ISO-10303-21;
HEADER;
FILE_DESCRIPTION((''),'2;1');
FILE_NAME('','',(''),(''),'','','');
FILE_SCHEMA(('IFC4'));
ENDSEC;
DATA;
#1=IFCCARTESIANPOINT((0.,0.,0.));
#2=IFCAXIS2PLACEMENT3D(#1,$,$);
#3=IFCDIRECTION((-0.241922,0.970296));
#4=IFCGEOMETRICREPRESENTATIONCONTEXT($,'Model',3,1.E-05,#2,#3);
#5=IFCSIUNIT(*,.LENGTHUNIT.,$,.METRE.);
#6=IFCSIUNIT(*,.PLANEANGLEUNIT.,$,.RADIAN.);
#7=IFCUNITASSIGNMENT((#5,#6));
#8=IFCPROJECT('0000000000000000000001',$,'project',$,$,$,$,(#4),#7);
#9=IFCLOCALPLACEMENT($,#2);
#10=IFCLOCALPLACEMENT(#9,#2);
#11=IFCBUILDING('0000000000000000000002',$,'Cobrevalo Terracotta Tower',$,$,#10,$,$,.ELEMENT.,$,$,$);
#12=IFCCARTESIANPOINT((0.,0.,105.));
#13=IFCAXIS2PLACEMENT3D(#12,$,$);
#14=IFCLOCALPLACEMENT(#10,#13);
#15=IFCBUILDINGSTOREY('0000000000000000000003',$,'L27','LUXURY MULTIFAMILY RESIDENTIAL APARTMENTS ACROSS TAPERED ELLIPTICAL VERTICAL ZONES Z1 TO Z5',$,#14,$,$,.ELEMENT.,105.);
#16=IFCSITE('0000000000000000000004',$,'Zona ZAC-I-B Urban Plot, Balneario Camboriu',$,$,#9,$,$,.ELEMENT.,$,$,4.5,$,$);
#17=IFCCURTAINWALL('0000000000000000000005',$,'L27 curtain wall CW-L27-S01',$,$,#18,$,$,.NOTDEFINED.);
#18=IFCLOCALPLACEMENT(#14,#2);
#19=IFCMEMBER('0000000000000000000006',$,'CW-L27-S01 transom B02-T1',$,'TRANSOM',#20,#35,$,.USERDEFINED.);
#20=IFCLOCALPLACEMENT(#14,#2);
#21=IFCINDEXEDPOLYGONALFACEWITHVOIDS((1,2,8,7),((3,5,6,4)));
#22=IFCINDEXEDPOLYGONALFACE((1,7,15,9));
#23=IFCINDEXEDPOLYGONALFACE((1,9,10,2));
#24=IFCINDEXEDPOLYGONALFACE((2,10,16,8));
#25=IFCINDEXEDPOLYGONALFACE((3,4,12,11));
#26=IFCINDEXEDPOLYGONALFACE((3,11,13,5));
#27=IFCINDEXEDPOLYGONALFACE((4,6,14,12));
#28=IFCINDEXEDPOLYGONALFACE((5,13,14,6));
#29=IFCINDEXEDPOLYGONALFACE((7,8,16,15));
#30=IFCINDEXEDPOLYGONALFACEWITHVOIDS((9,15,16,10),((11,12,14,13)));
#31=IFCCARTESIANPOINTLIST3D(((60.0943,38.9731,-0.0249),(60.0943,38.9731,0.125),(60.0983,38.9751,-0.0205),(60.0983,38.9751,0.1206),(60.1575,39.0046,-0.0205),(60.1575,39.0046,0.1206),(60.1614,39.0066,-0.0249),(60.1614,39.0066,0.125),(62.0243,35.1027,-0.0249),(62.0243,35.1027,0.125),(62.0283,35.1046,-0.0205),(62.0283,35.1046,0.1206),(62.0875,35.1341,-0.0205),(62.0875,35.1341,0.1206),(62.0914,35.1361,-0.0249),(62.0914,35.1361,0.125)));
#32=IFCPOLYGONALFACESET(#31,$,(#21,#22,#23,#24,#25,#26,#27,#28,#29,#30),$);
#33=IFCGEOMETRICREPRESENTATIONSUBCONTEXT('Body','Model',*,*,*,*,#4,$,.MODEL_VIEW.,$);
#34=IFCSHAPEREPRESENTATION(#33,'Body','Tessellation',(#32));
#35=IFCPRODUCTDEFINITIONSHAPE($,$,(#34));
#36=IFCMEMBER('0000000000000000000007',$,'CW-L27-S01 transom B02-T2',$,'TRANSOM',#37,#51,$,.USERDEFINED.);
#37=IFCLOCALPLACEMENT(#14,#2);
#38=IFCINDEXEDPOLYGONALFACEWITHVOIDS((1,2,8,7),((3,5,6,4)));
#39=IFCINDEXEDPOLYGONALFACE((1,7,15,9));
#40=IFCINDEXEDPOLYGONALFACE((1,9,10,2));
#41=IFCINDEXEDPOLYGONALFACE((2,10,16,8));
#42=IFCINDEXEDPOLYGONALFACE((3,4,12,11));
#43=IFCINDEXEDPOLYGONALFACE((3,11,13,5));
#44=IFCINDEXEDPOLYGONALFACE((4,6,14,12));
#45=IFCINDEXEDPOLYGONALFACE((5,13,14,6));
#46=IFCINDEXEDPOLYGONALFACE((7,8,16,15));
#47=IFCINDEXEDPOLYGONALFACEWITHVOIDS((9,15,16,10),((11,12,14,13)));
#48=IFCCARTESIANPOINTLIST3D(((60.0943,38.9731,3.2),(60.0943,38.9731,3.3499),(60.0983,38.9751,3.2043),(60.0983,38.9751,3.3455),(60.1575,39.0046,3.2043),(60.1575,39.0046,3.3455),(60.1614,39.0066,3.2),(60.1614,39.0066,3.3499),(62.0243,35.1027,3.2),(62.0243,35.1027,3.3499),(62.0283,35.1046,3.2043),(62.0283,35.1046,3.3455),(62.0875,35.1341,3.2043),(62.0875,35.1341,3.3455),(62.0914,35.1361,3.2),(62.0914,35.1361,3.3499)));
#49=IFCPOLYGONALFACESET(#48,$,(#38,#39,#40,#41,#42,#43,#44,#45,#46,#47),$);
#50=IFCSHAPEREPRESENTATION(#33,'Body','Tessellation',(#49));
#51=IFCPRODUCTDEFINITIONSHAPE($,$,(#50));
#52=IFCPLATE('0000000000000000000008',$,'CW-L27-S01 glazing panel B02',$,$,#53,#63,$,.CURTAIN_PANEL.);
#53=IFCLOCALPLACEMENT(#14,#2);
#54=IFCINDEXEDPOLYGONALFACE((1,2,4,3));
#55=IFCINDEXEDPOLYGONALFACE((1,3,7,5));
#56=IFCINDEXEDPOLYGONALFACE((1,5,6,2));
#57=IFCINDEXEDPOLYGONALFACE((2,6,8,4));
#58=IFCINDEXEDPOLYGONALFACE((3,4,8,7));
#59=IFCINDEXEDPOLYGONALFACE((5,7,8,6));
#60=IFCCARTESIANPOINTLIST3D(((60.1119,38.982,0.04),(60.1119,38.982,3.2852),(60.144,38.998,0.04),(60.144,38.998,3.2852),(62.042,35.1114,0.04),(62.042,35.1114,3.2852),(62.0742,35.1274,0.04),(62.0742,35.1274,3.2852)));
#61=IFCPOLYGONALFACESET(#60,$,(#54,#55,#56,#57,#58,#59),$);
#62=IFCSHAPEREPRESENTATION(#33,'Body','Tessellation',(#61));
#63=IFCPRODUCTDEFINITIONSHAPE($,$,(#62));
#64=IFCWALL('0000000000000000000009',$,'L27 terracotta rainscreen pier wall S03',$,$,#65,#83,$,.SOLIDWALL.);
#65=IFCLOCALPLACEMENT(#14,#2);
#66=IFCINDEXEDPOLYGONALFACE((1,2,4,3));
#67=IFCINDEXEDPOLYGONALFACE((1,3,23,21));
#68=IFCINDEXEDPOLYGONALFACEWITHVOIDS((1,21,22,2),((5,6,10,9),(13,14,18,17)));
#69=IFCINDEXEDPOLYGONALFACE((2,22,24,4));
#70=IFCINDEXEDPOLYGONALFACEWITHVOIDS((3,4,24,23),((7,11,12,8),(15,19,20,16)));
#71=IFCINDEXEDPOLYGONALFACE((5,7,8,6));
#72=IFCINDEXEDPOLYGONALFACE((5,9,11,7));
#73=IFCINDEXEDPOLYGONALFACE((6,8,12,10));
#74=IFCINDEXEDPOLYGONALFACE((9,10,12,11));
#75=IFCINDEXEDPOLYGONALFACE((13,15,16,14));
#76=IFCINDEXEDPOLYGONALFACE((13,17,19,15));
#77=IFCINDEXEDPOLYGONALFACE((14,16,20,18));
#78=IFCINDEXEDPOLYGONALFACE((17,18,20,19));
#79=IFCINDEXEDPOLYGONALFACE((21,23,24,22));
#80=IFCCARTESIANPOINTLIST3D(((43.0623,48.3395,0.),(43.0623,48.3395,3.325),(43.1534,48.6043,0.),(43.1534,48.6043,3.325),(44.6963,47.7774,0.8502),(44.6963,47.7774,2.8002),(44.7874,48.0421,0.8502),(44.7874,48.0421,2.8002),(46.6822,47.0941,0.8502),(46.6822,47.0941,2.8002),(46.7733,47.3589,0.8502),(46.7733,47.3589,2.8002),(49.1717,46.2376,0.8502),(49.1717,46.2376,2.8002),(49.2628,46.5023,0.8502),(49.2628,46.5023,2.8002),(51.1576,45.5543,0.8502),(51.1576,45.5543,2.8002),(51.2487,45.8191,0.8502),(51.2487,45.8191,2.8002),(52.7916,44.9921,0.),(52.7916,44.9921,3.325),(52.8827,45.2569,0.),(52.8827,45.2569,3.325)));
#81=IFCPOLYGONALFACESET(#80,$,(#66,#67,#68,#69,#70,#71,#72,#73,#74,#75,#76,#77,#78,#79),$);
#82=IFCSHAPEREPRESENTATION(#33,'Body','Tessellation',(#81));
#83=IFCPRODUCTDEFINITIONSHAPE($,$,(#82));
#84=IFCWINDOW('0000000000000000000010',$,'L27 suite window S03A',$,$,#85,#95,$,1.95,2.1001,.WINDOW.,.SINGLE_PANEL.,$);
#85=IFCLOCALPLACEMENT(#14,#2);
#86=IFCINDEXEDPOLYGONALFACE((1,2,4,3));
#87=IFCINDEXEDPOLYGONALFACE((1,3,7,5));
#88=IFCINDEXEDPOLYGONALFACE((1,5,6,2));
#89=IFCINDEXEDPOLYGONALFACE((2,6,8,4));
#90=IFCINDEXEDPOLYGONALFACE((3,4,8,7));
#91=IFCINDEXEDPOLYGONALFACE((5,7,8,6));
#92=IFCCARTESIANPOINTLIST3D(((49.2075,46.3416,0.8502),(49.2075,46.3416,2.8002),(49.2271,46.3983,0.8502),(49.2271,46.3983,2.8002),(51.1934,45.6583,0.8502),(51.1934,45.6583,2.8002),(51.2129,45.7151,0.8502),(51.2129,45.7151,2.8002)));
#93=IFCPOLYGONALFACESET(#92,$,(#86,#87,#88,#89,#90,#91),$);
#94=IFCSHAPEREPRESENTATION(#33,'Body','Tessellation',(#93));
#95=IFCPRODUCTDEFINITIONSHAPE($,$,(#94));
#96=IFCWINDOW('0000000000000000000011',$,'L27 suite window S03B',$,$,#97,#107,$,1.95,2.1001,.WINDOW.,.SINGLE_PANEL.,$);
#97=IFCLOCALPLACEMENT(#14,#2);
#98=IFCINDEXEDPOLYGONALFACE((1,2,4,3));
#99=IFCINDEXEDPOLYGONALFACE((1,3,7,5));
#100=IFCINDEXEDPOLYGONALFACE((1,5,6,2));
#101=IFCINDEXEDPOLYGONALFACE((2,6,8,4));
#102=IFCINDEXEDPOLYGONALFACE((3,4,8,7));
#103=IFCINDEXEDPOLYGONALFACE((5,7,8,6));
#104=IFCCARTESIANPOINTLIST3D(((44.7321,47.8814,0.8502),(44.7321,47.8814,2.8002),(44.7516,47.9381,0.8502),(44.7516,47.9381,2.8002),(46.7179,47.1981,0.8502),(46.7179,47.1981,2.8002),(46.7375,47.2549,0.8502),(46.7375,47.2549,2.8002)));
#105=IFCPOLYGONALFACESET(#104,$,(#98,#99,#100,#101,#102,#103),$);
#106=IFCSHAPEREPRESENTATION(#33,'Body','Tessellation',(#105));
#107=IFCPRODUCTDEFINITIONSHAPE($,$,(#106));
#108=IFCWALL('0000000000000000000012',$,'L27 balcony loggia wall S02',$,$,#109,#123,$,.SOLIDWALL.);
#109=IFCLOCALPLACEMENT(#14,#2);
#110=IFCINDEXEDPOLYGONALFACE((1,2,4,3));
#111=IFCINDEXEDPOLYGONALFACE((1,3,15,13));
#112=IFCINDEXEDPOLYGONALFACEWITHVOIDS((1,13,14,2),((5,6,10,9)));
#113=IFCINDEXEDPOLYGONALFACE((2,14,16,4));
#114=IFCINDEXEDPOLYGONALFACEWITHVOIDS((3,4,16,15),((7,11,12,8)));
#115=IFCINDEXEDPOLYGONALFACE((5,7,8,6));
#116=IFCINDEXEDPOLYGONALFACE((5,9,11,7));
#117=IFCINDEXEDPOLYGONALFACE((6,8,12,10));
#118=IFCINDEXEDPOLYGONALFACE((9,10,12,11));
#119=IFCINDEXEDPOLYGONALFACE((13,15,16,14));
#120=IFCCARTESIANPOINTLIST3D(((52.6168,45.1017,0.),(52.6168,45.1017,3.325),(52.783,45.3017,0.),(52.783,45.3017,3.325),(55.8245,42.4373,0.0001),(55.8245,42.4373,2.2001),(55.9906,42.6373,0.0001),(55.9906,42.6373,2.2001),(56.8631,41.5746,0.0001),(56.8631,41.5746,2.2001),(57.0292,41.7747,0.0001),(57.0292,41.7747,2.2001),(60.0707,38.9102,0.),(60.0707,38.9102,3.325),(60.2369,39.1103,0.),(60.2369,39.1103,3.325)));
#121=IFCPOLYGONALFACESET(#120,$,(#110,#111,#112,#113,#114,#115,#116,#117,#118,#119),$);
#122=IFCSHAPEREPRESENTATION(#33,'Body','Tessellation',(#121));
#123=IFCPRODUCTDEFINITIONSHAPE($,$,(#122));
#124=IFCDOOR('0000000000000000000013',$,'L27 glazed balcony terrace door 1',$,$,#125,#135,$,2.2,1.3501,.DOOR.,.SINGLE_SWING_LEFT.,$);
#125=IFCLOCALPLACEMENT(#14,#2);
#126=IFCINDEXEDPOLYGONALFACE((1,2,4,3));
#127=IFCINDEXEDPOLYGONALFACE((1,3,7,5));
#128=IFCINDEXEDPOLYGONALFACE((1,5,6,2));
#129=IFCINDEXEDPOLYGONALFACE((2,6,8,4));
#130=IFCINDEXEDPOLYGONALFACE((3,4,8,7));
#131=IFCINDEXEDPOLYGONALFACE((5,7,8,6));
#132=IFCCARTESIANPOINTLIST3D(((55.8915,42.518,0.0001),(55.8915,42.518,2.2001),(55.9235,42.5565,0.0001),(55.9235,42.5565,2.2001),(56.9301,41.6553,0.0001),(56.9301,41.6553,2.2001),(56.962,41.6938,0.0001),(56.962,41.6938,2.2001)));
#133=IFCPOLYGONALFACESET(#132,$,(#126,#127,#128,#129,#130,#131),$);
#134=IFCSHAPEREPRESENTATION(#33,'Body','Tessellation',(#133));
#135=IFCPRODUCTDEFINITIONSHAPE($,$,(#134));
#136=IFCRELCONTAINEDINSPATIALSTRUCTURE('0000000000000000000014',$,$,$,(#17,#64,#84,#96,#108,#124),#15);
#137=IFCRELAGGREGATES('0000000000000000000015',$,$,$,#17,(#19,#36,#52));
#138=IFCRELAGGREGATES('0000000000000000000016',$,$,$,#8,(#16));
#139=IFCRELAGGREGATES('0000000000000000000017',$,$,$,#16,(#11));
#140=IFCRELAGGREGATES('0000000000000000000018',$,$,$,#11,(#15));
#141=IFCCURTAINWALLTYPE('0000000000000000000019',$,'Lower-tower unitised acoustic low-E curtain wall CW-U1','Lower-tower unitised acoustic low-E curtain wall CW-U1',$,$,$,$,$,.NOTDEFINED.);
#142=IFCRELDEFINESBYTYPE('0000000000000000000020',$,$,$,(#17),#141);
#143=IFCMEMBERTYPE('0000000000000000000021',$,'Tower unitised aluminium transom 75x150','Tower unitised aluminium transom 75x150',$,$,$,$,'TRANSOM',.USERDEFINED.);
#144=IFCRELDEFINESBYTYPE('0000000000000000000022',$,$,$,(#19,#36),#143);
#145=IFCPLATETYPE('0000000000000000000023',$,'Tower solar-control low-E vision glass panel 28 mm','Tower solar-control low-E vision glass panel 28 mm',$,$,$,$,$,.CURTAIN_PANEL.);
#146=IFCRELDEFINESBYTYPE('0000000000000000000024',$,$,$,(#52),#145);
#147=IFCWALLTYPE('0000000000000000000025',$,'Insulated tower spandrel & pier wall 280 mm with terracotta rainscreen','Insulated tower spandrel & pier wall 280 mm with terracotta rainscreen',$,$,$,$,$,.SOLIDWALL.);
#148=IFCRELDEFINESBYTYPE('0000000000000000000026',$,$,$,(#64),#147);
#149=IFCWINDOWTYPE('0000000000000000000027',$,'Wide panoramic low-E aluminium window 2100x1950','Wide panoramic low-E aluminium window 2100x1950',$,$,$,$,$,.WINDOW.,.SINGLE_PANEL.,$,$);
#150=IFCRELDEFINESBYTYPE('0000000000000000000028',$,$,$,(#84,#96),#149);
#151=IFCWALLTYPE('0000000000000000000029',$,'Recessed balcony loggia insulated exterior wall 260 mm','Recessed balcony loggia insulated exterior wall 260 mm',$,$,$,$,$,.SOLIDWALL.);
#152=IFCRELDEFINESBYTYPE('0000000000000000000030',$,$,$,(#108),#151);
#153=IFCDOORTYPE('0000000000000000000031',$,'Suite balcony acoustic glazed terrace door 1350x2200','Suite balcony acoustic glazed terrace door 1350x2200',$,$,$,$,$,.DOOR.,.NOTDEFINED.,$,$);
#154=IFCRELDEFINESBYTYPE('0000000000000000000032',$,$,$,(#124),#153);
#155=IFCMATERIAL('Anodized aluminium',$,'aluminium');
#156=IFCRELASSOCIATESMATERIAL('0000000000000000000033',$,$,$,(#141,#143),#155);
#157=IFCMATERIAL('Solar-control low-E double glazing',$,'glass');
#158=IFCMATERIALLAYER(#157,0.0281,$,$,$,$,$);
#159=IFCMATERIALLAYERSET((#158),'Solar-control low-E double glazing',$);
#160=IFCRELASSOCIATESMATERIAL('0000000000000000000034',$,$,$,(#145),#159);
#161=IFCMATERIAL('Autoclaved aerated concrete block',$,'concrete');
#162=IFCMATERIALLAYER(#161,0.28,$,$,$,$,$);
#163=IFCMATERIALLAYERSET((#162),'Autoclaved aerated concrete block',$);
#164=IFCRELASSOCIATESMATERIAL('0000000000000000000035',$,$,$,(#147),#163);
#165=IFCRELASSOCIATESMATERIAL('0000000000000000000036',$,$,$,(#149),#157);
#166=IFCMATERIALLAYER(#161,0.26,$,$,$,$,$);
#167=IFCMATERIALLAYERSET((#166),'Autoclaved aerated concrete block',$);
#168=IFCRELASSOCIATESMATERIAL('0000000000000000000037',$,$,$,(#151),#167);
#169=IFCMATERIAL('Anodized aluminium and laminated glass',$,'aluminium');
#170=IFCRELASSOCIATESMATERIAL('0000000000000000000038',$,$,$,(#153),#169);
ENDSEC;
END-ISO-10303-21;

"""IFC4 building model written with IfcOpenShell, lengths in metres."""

from ifc_helpers import new_model, si_unit, direction, frame, frame_2d, origin, origin_2d, place, context, subcontext, project, spatial, rectangle, hollow_rectangle, extrude, source, transform, mapped, material, layer, layer_set, material_profile, profile_set, type_object, element, fill, aggregate, save


model = new_model("IFC4")

# Units and contexts
model_context = context("Model", 3, precision=1e-05, world=origin(), true_north=direction((-0.241922, 0.970296)))
body_context = subcontext(model_context, "Body", "Model", "MODEL_VIEW")
ifc_project = project(units=[si_unit("LENGTHUNIT", "METRE"), si_unit("PLANEANGLEUNIT", "RADIAN")], contexts=[model_context])

# Site, building, storey
site_placement = place(None, origin())
site = spatial("IfcSite", under=ifc_project, at=site_placement, Name="Zona ZAC-I-B Urban Plot, Balneario Camboriu", CompositionType="ELEMENT", RefElevation=4.5)
building_placement = place(site_placement, origin())
building = spatial("IfcBuilding", under=site, at=building_placement, Name="Cobrevalo Terracotta Tower", CompositionType="ELEMENT")
storey_placement = place(building_placement, frame((0.0, 0.0, 105.0)))
storey = spatial("IfcBuildingStorey", under=building, at=storey_placement, Name="L27", Description="LUXURY MULTIFAMILY RESIDENTIAL APARTMENTS ACROSS TAPERED ELLIPTICAL VERTICAL ZONES Z1 TO Z5", CompositionType="ELEMENT", Elevation=105.0)

# Curtain wall, members, plate
ifc_material_1 = material(Name="Anodized aluminium", Category="aluminium")
curtain_wall_type = type_object("IfcCurtainWallType", Name="Lower-tower unitised acoustic low-E curtain wall CW-U1", Description="Lower-tower unitised acoustic low-E curtain wall CW-U1", PredefinedType="NOTDEFINED", material=ifc_material_1)
curtain_wall_placement = place(storey_placement, origin())
curtain_wall = element("IfcCurtainWall", 1, at=curtain_wall_placement, inside=storey, type_object=curtain_wall_type, Name="L27 curtain wall CW-L27-S01", PredefinedType="NOTDEFINED")
ifc_material_profile_1 = material_profile(ifc_material_1, hollow_rectangle(XDim=0.075, YDim=0.1499, WallThickness=0.0044, at=origin_2d()), Name="CWT 75x150")
ifc_profile_set_1 = profile_set([ifc_material_profile_1], Name="Anodized aluminium")
member_type_1 = type_object("IfcMemberType", Name="Tower unitised aluminium transom 75x150", Description="Tower unitised aluminium transom 75x150", ElementType="TRANSOM", PredefinedType="USERDEFINED", material=ifc_profile_set_1)
shared_shape_1 = source(origin(), body_context, "Body", "SweptSolid", [
    extrude(hollow_rectangle(XDim=0.075, YDim=0.1499, WallThickness=0.0044, at=origin_2d()), origin(), (0.0, 0.0, 1.0), 4.325),
])
member_1_placement = place(storey_placement, frame((62.0579, 35.1194, 0.05), z_axis=(-0.446242, 0.894912, 0.0), x_axis=(-0.894912, -0.446242, 0.0)))
member_1 = element("IfcMember", 2, at=member_1_placement, type_object=member_type_1, Name="CW-L27-S01 transom B02-T1", ObjectType="TRANSOM", PredefinedType="USERDEFINED", context=body_context, shape_type="MappedRepresentation", body=[
    mapped(shared_shape_1, transform((0.0, 0.0, 0.0), scale=1.0)),
])
member_2_placement = place(storey_placement, frame((62.0579, 35.1194, 3.2749), z_axis=(-0.446242, 0.894912, 0.0), x_axis=(-0.894912, -0.446242, 0.0)))
member_2 = element("IfcMember", 3, at=member_2_placement, type_object=member_type_1, Name="CW-L27-S01 transom B02-T2", ObjectType="TRANSOM", PredefinedType="USERDEFINED", context=body_context, shape_type="MappedRepresentation", body=[
    mapped(shared_shape_1, transform((0.0, 0.0, 0.0), scale=1.0)),
])
ifc_material_2 = material(Name="Solar-control low-E double glazing", Category="glass")
ifc_layer_1 = layer(ifc_material_2, 0.0281)
ifc_layer_set_1 = layer_set([ifc_layer_1], Name="Solar-control low-E double glazing")
plate_type = type_object("IfcPlateType", Name="Tower solar-control low-E vision glass panel 28 mm", Description="Tower solar-control low-E vision glass panel 28 mm", PredefinedType="CURTAIN_PANEL", material=ifc_layer_set_1)
shared_shape_2 = source(origin(), body_context, "Body", "SweptSolid", [
    extrude(rectangle(XDim=4.3252, YDim=0.0359, at=origin_2d()), origin(), (0.0, 0.0, 1.0), 3.2451),
])
plate_placement = place(storey_placement, frame((61.093, 37.0547, 0.04), z_axis=(0.0, 0.0, 1.0), x_axis=(-0.446262, 0.894902, 0.0)))
plate = element("IfcPlate", 4, at=plate_placement, type_object=plate_type, Name="CW-L27-S01 glazing panel B02", PredefinedType="CURTAIN_PANEL", context=body_context, shape_type="MappedRepresentation", body=[
    mapped(shared_shape_2, transform((0.0, 0.0, 0.0), scale=1.0)),
])
aggregate(curtain_wall, [member_1, member_2, plate])

# Wall, openings, windows
ifc_material_3 = material(Name="Autoclaved aerated concrete block", Category="concrete")
ifc_layer_2 = layer(ifc_material_3, 0.28)
ifc_layer_set_2 = layer_set([ifc_layer_2], Name="Autoclaved aerated concrete block")
wall_type_1 = type_object("IfcWallType", Name="Insulated tower spandrel & pier wall 280 mm with terracotta rainscreen", Description="Insulated tower spandrel & pier wall 280 mm with terracotta rainscreen", PredefinedType="SOLIDWALL", material=ifc_layer_set_2)
wall_1_placement = place(storey_placement, frame((52.8372, 45.1245, 0.0), z_axis=(0.0, 0.0, 1.0), x_axis=(-0.945597, 0.325339, 0.0)))
wall_1 = element("IfcWall", 5, at=wall_1_placement, inside=storey, type_object=wall_type_1, Name="L27 terracotta rainscreen pier wall S03", PredefinedType="SOLIDWALL", context=body_context, shape_type="SweptSolid", body=[
    extrude(rectangle(XDim=10.2891, YDim=0.28, at=frame_2d((5.1445, 0.0))), origin(), (0.0, 0.0, 1.0), 3.325),
])
opening_1_placement = place(wall_1_placement, frame((1.728, 0.0, 0.8501)))
opening_1 = element("IfcOpeningElement", 6, at=opening_1_placement, cuts=wall_1, PredefinedType="OPENING", context=body_context, shape_type="SweptSolid", body=[
    extrude(rectangle(XDim=2.1001, YDim=1.95, at=frame_2d((1.05, 0.9751))), frame((0.0, 0.1499, 0.0), z_axis=(0.0, -1.0, 0.0), x_axis=(1.0, 0.0, 0.0)), (0.0, 0.0, 1.0), 0.3),
])
opening_2_placement = place(wall_1_placement, frame((6.4609, 0.0, 0.8501)))
opening_2 = element("IfcOpeningElement", 7, at=opening_2_placement, cuts=wall_1, PredefinedType="OPENING", context=body_context, shape_type="SweptSolid", body=[
    extrude(rectangle(XDim=2.1001, YDim=1.95, at=frame_2d((1.05, 0.9751))), frame((0.0, 0.1499, 0.0), z_axis=(0.0, -1.0, 0.0), x_axis=(1.0, 0.0, 0.0)), (0.0, 0.0, 1.0), 0.3),
])
window_type = type_object("IfcWindowType", Name="Wide panoramic low-E aluminium window 2100x1950", Description="Wide panoramic low-E aluminium window 2100x1950", PartitioningType="SINGLE_PANEL", PredefinedType="WINDOW", material=ifc_material_2)
shared_shape_3 = source(origin(), body_context, "Body", "SweptSolid", [
    extrude(rectangle(XDim=2.1001, YDim=1.95, at=frame_2d((1.05, 0.9751))), frame((0.0, 0.03, 0.0), z_axis=(0.0, -1.0, 0.0), x_axis=(1.0, 0.0, 0.0)), (0.0, 0.0, 1.0), 0.0601),
])
window_1_placement = place(opening_1_placement, origin())
window_1 = element("IfcWindow", 8, at=window_1_placement, inside=storey, type_object=window_type, Name="L27 suite window S03A", OverallHeight=1.95, OverallWidth=2.1001, PartitioningType="SINGLE_PANEL", PredefinedType="WINDOW", context=body_context, shape_type="MappedRepresentation", body=[
    mapped(shared_shape_3, transform((0.0, 0.0, 0.0), scale=1.0)),
])
fill(opening_1, window_1)
window_2_placement = place(opening_2_placement, origin())
window_2 = element("IfcWindow", 9, at=window_2_placement, inside=storey, type_object=window_type, Name="L27 suite window S03B", OverallHeight=1.95, OverallWidth=2.1001, PartitioningType="SINGLE_PANEL", PredefinedType="WINDOW", context=body_context, shape_type="MappedRepresentation", body=[
    mapped(shared_shape_3, transform((0.0, 0.0, 0.0), scale=1.0)),
])
fill(opening_2, window_2)

# Wall, opening, door
ifc_layer_3 = layer(ifc_material_3, 0.26)
ifc_layer_set_3 = layer_set([ifc_layer_3], Name="Autoclaved aerated concrete block")
wall_type_2 = type_object("IfcWallType", Name="Recessed balcony loggia insulated exterior wall 260 mm", Description="Recessed balcony loggia insulated exterior wall 260 mm", PredefinedType="SOLIDWALL", material=ifc_layer_set_3)
wall_2_placement = place(storey_placement, frame((60.1538, 39.0103, 0.0), z_axis=(0.0, 0.0, 1.0), x_axis=(-0.769243, 0.638957, 0.0)))
wall_2 = element("IfcWall", 10, at=wall_2_placement, inside=storey, type_object=wall_type_2, Name="L27 balcony loggia wall S02", PredefinedType="SOLIDWALL", context=body_context, shape_type="SweptSolid", body=[
    extrude(rectangle(XDim=9.6899, YDim=0.26, at=frame_2d((4.845, 0.0))), origin(), (0.0, 0.0, 1.0), 3.325),
])
opening_3_placement = place(wall_2_placement, frame((4.1699, 0.0, 0.0)))
opening_3 = element("IfcOpeningElement", 11, at=opening_3_placement, cuts=wall_2, PredefinedType="OPENING", context=body_context, shape_type="SweptSolid", body=[
    extrude(rectangle(XDim=1.3501, YDim=2.2, at=frame_2d((0.675, 1.1001))), frame((0.0, 0.1401, 0.0), z_axis=(0.0, -1.0, 0.0), x_axis=(1.0, 0.0, 0.0)), (0.0, 0.0, 1.0), 0.28),
])
ifc_material_4 = material(Name="Anodized aluminium and laminated glass", Category="aluminium")
door_type_1 = type_object("IfcDoorType", Name="Suite balcony acoustic glazed terrace door 1350x2200", Description="Suite balcony acoustic glazed terrace door 1350x2200", OperationType="NOTDEFINED", PredefinedType="DOOR", material=ifc_material_4)
shared_shape_4 = source(origin(), body_context, "Body", "SweptSolid", [
    extrude(rectangle(XDim=1.3501, YDim=2.2, at=frame_2d((0.675, 1.1001))), frame((0.0, 0.0249, 0.0), z_axis=(0.0, -1.0, 0.0), x_axis=(1.0, 0.0, 0.0)), (0.0, 0.0, 1.0), 0.05),
])
door_1_placement = place(opening_3_placement, frame((1.3501, 0.0, 0.0), z_axis=(0.0, 0.0, 1.0), x_axis=(-1.0, 0.0, 0.0)))
door_1 = element("IfcDoor", 12, at=door_1_placement, inside=storey, type_object=door_type_1, Name="L27 glazed balcony terrace door 1", OperationType="SINGLE_SWING_LEFT", OverallHeight=2.2, OverallWidth=1.3501, PredefinedType="DOOR", context=body_context, shape_type="MappedRepresentation", body=[
    mapped(shared_shape_4, transform((0.0, 0.0, 0.0), scale=1.0)),
])
fill(opening_3, door_1)

save(model, "model.ifc")
